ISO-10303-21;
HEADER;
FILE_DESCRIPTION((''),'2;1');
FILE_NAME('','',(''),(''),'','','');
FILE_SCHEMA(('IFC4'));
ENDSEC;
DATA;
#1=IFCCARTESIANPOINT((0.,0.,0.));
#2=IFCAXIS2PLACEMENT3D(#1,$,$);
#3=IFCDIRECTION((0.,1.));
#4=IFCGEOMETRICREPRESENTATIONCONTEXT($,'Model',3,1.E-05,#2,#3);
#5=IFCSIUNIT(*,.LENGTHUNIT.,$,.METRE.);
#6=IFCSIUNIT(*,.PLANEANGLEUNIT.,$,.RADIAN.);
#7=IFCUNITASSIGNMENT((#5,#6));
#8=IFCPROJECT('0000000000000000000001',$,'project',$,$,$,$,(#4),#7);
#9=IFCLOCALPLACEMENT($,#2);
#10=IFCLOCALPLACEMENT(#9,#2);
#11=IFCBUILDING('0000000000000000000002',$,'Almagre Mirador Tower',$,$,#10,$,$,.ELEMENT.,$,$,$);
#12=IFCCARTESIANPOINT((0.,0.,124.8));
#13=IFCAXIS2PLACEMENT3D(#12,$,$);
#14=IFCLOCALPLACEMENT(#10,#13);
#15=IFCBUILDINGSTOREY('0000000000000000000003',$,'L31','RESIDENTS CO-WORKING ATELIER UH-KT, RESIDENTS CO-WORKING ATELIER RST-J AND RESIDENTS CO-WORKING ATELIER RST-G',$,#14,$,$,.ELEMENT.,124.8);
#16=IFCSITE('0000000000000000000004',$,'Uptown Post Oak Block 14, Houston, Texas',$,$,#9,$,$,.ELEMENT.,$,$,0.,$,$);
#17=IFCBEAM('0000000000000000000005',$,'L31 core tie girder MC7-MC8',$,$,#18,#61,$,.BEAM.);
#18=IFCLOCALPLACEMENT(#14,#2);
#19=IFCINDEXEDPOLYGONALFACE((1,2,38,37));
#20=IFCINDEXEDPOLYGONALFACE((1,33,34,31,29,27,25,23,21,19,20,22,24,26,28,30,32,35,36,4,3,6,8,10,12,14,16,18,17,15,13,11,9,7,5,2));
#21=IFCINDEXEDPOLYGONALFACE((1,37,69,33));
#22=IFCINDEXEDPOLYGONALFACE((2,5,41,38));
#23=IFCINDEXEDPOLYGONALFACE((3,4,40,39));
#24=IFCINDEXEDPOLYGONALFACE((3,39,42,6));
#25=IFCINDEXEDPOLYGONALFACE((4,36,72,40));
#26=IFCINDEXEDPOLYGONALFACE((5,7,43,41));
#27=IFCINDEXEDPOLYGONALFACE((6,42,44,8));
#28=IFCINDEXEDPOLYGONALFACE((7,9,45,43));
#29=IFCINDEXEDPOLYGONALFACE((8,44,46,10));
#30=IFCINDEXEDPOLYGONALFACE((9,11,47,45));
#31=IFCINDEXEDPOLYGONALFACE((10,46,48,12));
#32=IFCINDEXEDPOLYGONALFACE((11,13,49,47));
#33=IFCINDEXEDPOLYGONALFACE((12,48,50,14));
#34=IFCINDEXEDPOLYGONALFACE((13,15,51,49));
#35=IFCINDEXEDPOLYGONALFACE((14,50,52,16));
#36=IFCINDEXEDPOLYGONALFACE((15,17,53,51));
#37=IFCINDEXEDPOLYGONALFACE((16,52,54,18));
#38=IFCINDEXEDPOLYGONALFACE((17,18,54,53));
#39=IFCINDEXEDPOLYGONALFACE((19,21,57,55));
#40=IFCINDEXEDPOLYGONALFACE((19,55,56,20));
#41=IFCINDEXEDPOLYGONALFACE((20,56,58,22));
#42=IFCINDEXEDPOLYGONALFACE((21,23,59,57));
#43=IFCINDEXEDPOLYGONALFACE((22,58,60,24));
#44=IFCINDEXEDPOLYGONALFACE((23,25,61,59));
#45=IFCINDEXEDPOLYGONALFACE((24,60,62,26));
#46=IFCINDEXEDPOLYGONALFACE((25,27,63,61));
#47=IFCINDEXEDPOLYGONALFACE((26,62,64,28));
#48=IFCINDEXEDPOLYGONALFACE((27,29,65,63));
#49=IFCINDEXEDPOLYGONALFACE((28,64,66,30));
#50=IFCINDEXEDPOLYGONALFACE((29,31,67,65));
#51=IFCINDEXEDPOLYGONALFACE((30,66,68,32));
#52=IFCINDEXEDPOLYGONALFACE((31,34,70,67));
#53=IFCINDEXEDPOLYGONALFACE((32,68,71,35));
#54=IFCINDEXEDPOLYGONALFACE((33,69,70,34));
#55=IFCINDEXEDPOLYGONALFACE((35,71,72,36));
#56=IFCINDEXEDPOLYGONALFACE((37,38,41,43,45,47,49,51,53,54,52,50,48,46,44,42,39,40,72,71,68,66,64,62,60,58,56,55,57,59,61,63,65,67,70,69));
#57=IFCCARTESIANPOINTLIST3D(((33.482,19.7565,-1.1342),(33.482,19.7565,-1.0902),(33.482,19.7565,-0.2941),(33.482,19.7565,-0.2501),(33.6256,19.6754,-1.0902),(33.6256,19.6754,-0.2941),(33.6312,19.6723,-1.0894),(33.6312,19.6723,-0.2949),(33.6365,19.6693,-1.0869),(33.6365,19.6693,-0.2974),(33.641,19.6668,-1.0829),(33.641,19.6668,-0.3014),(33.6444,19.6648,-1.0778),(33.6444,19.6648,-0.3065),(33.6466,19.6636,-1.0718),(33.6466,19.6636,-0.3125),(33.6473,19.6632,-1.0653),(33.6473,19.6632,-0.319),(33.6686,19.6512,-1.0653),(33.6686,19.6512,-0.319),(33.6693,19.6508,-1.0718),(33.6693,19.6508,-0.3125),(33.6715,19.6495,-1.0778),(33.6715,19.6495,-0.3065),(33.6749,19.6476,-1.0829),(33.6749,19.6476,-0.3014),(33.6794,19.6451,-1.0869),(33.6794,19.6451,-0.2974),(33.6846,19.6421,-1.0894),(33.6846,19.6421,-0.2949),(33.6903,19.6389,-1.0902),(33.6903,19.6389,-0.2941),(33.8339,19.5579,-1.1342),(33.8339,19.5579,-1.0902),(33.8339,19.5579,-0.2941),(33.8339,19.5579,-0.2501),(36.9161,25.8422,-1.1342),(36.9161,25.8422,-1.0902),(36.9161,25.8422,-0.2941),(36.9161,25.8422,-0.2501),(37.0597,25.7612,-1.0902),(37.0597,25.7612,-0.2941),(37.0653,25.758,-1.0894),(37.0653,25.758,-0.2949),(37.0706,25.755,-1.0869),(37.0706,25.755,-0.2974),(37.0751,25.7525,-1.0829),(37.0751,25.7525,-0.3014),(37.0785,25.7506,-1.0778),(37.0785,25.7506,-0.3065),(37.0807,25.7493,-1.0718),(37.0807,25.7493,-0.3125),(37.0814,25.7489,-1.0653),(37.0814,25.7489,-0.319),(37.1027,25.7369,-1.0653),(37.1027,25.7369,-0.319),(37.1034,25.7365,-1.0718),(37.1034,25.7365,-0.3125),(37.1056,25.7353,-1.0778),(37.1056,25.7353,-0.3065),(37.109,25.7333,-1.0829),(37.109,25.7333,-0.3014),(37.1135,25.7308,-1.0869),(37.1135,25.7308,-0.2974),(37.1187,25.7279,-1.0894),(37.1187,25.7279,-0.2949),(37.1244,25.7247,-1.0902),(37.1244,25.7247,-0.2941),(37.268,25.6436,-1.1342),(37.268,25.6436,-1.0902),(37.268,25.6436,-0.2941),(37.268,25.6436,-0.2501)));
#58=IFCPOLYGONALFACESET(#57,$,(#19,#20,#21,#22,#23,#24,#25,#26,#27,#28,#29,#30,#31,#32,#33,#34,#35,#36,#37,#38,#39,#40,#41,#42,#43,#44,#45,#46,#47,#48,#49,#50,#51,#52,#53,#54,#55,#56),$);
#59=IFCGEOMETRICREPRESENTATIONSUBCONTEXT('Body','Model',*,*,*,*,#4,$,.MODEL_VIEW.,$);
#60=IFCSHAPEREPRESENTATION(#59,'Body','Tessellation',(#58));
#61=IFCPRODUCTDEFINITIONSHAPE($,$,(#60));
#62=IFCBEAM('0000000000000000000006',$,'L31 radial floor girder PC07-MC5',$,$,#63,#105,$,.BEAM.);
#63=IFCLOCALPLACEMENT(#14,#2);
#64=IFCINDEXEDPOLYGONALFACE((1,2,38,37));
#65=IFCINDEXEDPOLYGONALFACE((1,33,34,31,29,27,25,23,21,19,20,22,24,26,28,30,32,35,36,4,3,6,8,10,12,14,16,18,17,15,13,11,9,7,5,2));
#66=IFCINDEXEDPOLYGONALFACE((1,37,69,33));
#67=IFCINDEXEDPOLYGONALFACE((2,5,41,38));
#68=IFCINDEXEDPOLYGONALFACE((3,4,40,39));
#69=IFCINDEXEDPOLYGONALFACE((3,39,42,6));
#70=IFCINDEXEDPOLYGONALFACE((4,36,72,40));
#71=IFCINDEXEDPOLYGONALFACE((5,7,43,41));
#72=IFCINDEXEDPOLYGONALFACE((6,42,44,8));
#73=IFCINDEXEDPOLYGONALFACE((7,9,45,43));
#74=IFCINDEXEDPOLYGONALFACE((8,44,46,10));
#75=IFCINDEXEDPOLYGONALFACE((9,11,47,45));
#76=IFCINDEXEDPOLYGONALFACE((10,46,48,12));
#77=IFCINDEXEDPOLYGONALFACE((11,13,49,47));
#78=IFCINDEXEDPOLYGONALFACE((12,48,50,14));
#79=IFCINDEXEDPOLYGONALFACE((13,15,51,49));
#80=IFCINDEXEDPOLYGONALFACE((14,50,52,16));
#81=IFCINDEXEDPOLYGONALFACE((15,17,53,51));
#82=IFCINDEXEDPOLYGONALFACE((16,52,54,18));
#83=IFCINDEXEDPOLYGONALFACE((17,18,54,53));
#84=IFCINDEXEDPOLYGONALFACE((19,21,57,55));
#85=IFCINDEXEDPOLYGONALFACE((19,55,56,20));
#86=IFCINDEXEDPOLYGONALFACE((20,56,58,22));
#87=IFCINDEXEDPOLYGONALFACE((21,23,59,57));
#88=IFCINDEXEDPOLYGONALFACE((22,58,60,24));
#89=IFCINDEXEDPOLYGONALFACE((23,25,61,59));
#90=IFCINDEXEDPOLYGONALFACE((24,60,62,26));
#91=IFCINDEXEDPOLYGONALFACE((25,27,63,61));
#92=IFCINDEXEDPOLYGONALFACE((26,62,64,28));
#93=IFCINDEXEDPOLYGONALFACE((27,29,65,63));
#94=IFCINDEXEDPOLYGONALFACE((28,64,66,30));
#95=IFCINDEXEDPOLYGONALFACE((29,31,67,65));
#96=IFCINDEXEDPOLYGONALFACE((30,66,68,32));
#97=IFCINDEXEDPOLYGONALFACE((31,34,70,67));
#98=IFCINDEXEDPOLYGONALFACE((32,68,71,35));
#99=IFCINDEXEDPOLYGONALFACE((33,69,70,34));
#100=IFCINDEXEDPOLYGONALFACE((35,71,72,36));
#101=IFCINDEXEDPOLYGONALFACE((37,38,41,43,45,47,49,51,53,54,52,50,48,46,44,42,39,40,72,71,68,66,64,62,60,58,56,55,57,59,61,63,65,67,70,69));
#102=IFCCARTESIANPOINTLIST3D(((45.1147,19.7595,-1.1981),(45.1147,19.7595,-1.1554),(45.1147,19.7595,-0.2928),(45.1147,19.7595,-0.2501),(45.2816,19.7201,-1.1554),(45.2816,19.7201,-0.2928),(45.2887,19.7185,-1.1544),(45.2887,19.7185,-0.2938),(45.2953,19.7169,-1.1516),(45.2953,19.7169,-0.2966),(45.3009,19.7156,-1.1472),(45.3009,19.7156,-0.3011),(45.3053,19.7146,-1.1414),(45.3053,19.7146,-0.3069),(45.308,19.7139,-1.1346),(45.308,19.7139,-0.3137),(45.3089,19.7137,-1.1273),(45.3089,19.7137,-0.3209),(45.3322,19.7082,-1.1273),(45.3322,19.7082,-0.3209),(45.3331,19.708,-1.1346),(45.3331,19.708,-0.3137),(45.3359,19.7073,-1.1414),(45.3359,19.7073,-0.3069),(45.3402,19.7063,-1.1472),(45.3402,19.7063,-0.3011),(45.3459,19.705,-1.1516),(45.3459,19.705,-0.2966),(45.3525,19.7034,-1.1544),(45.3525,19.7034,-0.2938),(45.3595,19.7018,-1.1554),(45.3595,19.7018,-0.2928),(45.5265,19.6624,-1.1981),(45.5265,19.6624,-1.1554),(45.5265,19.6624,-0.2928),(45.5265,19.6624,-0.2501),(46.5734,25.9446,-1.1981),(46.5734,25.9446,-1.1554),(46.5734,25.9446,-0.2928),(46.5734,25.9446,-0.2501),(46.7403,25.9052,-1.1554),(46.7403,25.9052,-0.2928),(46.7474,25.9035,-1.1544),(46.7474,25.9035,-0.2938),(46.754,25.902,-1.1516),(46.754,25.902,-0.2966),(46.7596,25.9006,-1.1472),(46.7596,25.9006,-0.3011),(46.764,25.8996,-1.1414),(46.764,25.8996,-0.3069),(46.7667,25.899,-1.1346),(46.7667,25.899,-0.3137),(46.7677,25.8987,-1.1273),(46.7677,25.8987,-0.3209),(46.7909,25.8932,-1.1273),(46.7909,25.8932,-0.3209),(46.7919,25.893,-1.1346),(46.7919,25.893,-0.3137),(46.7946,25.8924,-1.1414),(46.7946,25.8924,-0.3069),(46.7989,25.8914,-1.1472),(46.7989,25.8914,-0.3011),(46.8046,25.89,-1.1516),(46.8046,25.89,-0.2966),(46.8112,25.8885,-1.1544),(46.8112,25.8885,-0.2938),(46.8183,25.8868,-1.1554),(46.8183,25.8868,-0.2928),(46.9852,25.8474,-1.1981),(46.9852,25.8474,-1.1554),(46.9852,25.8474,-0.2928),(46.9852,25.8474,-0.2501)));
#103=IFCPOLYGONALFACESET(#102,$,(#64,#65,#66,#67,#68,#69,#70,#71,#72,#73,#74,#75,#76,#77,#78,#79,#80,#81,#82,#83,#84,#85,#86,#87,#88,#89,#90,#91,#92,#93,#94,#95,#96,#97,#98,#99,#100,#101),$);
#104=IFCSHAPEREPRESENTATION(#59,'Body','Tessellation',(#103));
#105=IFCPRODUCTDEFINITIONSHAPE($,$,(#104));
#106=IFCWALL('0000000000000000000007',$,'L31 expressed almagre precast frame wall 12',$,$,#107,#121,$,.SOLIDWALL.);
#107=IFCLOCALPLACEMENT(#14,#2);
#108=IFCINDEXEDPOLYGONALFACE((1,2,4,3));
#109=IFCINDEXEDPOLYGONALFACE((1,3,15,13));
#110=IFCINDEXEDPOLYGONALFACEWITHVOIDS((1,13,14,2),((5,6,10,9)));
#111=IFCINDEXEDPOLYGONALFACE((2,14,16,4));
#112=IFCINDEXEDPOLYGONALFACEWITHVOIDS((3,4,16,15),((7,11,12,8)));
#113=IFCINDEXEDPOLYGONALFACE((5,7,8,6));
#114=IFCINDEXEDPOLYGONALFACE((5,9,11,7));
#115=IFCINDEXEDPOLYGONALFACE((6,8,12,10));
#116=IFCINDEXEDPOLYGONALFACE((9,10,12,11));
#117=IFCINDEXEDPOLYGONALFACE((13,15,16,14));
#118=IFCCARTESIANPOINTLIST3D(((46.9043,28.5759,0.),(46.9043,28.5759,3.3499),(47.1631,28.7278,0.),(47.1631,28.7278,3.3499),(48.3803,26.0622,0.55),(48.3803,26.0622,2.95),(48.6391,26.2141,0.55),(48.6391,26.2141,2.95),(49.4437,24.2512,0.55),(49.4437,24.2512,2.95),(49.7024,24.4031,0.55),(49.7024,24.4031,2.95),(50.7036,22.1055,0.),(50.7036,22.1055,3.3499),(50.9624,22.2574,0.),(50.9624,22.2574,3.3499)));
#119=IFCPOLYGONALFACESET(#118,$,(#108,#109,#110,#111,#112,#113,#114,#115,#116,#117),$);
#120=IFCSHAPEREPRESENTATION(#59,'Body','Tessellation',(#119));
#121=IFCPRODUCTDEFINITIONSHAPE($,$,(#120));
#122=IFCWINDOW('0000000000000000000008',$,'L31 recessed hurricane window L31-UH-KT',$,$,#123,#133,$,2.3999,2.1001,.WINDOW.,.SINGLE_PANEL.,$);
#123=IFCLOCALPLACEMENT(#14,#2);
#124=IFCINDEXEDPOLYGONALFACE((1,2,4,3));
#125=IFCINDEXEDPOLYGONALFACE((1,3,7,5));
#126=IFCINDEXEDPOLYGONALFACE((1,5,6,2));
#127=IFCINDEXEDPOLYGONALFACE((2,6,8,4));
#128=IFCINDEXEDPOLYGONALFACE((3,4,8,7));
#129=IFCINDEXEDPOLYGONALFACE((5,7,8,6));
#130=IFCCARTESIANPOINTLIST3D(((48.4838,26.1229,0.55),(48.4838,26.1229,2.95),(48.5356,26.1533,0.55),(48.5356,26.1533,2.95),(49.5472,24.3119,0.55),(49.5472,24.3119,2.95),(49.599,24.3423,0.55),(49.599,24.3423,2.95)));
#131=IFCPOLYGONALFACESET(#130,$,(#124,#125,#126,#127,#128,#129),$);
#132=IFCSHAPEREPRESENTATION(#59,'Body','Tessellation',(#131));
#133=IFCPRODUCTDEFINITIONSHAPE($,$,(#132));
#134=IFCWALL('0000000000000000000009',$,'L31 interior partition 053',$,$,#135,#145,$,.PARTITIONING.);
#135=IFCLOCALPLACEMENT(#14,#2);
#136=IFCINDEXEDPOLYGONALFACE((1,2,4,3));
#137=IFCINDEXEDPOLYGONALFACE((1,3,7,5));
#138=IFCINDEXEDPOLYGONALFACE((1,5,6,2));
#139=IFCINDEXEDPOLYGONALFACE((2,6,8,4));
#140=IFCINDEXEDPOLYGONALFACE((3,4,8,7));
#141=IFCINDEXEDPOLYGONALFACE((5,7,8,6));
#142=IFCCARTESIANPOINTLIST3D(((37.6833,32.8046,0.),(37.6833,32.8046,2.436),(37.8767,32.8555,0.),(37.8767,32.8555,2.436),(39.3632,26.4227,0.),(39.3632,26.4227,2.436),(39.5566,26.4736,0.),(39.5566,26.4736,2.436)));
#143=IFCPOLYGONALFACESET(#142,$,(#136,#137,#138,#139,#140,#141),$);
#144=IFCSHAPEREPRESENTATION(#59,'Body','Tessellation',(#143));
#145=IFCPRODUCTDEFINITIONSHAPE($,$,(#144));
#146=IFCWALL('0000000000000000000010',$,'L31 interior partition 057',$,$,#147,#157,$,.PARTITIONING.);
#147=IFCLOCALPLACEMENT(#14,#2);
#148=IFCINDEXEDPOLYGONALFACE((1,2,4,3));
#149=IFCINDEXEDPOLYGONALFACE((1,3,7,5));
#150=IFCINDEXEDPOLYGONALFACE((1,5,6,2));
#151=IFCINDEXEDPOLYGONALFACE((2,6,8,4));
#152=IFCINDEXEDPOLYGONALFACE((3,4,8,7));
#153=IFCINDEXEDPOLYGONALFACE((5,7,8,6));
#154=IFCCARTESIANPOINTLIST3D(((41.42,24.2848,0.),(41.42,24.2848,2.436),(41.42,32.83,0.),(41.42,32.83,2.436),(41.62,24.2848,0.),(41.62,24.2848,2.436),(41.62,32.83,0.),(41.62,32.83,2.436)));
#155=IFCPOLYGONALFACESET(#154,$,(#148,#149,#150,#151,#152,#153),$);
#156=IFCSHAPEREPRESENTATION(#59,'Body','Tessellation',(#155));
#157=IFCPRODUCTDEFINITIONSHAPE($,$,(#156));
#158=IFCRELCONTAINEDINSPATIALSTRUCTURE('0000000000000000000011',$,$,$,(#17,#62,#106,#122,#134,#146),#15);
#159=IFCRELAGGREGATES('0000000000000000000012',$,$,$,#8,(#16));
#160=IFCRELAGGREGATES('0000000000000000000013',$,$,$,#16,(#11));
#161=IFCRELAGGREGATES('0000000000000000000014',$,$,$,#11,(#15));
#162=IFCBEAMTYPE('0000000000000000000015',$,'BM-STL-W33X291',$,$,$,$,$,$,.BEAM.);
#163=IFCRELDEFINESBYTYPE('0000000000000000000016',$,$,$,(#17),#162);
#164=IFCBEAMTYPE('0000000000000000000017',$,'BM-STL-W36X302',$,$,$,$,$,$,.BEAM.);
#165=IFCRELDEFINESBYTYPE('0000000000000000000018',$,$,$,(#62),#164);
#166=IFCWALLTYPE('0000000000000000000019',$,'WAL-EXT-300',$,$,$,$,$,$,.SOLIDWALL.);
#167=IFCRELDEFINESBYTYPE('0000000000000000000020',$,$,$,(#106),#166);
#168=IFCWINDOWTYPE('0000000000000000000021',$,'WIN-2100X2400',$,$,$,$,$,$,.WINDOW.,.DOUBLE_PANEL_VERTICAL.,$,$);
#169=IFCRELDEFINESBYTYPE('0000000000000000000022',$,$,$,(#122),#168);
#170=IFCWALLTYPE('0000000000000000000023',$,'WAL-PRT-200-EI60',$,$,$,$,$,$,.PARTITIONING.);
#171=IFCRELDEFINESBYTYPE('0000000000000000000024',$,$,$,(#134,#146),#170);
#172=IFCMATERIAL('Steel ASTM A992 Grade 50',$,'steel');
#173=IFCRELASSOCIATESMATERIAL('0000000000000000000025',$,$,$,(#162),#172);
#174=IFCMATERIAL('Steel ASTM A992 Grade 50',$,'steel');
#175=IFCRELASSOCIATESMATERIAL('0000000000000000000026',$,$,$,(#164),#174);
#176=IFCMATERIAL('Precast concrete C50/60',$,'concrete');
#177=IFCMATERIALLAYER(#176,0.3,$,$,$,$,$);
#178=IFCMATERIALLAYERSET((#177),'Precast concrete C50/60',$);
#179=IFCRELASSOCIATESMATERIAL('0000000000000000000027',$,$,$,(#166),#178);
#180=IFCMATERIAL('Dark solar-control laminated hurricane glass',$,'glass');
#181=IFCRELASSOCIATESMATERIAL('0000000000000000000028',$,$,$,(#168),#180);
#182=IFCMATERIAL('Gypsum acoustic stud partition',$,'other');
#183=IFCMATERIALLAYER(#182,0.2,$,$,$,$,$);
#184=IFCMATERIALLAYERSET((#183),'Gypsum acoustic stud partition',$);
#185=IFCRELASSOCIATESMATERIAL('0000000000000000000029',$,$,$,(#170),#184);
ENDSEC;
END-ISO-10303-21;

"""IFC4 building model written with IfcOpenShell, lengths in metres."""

from ifc_helpers import new_model, si_unit, direction, frame, frame_2d, origin, origin_2d, place, context, subcontext, project, spatial, rectangle, i_section, extrude, material, layer, layer_set, material_profile, profile_set, type_object, element, fill, save


model = new_model("IFC4")

# Units and contexts
model_context = context("Model", 3, precision=1e-05, world=origin(), true_north=direction((0.0, 1.0)))
body_context = subcontext(model_context, "Body", "Model", "MODEL_VIEW")
ifc_project = project(units=[si_unit("LENGTHUNIT", "METRE"), si_unit("PLANEANGLEUNIT", "RADIAN")], contexts=[model_context])

# Site, building, storey
site_placement = place(None, origin())
site = spatial("IfcSite", under=ifc_project, at=site_placement, Name="Uptown Post Oak Block 14, Houston, Texas", CompositionType="ELEMENT", RefElevation=0.0)
building_placement = place(site_placement, origin())
building = spatial("IfcBuilding", under=site, at=building_placement, Name="Almagre Mirador Tower", CompositionType="ELEMENT")
storey_placement = place(building_placement, frame((0.0, 0.0, 124.8)))
storey = spatial("IfcBuildingStorey", under=building, at=storey_placement, Name="L31", Description="RESIDENTS CO-WORKING ATELIER UH-KT, RESIDENTS CO-WORKING ATELIER RST-J AND RESIDENTS CO-WORKING ATELIER RST-G", CompositionType="ELEMENT", Elevation=124.8)

# Beams
ifc_material_1 = material(Name="Steel ASTM A992 Grade 50", Category="steel")
ifc_material_profile_1 = material_profile(ifc_material_1, i_section(OverallWidth=0.4041, OverallDepth=0.884, WebThickness=0.0244, FlangeThickness=0.0439, FilletRadius=0.0249, at=origin_2d()), Name="W33X291")
ifc_profile_set_1 = profile_set([ifc_material_profile_1], Name="Steel ASTM A992 Grade 50")
beam_type_1 = type_object("IfcBeamType", Name="BM-STL-W33X291", PredefinedType="BEAM", material=ifc_profile_set_1)
beam_1_placement = place(storey_placement, frame((37.092, 25.7429, -0.6921), z_axis=(-0.491444, -0.870909, 0.0), x_axis=(0.870909, -0.491444, 0.0)))
element("IfcBeam", 1, at=beam_1_placement, inside=storey, type_object=beam_type_1, Name="L31 core tie girder MC7-MC8", PredefinedType="BEAM", context=body_context, shape_type="SweptSolid", body=[
    extrude(i_section(OverallWidth=0.4041, OverallDepth=0.884, WebThickness=0.0244, FlangeThickness=0.0439, FilletRadius=0.0249, at=origin_2d()), origin(), (0.0, 0.0, 1.0), 6.9878),
])
ifc_material_2 = material(Name="Steel ASTM A992 Grade 50", Category="steel")
ifc_material_profile_2 = material_profile(ifc_material_2, i_section(OverallWidth=0.4231, OverallDepth=0.948, WebThickness=0.0239, FlangeThickness=0.0427, FilletRadius=0.0281, at=origin_2d()), Name="W36X302")
ifc_profile_set_2 = profile_set([ifc_material_profile_2], Name="Steel ASTM A992 Grade 50")
beam_type_2 = type_object("IfcBeamType", Name="BM-STL-W36X302", PredefinedType="BEAM", material=ifc_profile_set_2)
beam_2_placement = place(storey_placement, frame((46.7793, 25.896, -0.7241), z_axis=(-0.229551, -0.973297, 0.0), x_axis=(0.973297, -0.229551, 0.0)))
element("IfcBeam", 2, at=beam_2_placement, inside=storey, type_object=beam_type_2, Name="L31 radial floor girder PC07-MC5", PredefinedType="BEAM", context=body_context, shape_type="SweptSolid", body=[
    extrude(i_section(OverallWidth=0.4231, OverallDepth=0.948, WebThickness=0.0239, FlangeThickness=0.0427, FilletRadius=0.0281, at=origin_2d()), origin(), (0.0, 0.0, 1.0), 6.3547),
])

# Wall, opening, window
ifc_material_3 = material(Name="Precast concrete C50/60", Category="concrete")
ifc_layer_1 = layer(ifc_material_3, 0.3)
ifc_layer_set_1 = layer_set([ifc_layer_1], Name="Precast concrete C50/60")
wall_type_1 = type_object("IfcWallType", Name="WAL-EXT-300", PredefinedType="SOLIDWALL", material=ifc_layer_set_1)
wall_1_placement = place(storey_placement, frame((47.0337, 28.6519, 0.0), z_axis=(0.0, 0.0, 1.0), x_axis=(0.506343, -0.862332, 0.0)))
wall_1 = element("IfcWall", 3, at=wall_1_placement, inside=storey, type_object=wall_type_1, Name="L31 expressed almagre precast frame wall 12", PredefinedType="SOLIDWALL", context=body_context, shape_type="SweptSolid", body=[
    extrude(rectangle(XDim=7.5034, YDim=0.3, at=frame_2d((3.7517, 0.0))), origin(), (0.0, 0.0, 1.0), 3.3499),
])
opening_placement = place(wall_1_placement, frame((2.915, 0.0, 0.55)))
opening = element("IfcOpeningElement", 4, at=opening_placement, cuts=wall_1, PredefinedType="OPENING", context=body_context, shape_type="SweptSolid", body=[
    extrude(rectangle(XDim=2.1001, YDim=2.3999, at=frame_2d((1.05, 1.2))), frame((0.0, 0.1599, 0.0), z_axis=(0.0, -1.0, 0.0), x_axis=(1.0, 0.0, 0.0)), (0.0, 0.0, 1.0), 0.32),
])
ifc_material_4 = material(Name="Dark solar-control laminated hurricane glass", Category="glass")
window_type = type_object("IfcWindowType", Name="WIN-2100X2400", PartitioningType="DOUBLE_PANEL_VERTICAL", PredefinedType="WINDOW", material=ifc_material_4)
window_placement = place(opening_placement, origin())
window = element("IfcWindow", 5, at=window_placement, inside=storey, type_object=window_type, Name="L31 recessed hurricane window L31-UH-KT", OverallHeight=2.3999, OverallWidth=2.1001, PartitioningType="SINGLE_PANEL", PredefinedType="WINDOW", context=body_context, shape_type="SweptSolid", body=[
    extrude(rectangle(XDim=2.1001, YDim=2.3999, at=frame_2d((1.05, 1.2))), frame((0.0, 0.03, 0.0), z_axis=(0.0, -1.0, 0.0), x_axis=(1.0, 0.0, 0.0)), (0.0, 0.0, 1.0), 0.0601),
])
fill(opening, window)

# Walls
ifc_material_5 = material(Name="Gypsum acoustic stud partition", Category="other")
ifc_layer_2 = layer(ifc_material_5, 0.2)
ifc_layer_set_2 = layer_set([ifc_layer_2], Name="Gypsum acoustic stud partition")
wall_type_2 = type_object("IfcWallType", Name="WAL-PRT-200-EI60", PredefinedType="PARTITIONING", material=ifc_layer_set_2)
wall_2_placement = place(storey_placement, frame((39.46, 26.448, 0.0), z_axis=(0.0, 0.0, 1.0), x_axis=(-0.254555, 0.967058, 0.0)))
element("IfcWall", 6, at=wall_2_placement, inside=storey, type_object=wall_type_2, Name="L31 interior partition 053", PredefinedType="PARTITIONING", context=body_context, shape_type="SweptSolid", body=[
    extrude(rectangle(XDim=6.5994, YDim=0.2, at=frame_2d((3.2998, 0.0))), origin(), (0.0, 0.0, 1.0), 2.436),
])
wall_3_placement = place(storey_placement, frame((41.52, 24.2849, 0.0), z_axis=(0.0, 0.0, 1.0), x_axis=(0.0, 1.0, 0.0)))
element("IfcWall", 7, at=wall_3_placement, inside=storey, type_object=wall_type_2, Name="L31 interior partition 057", PredefinedType="PARTITIONING", context=body_context, shape_type="SweptSolid", body=[
    extrude(rectangle(XDim=8.5452, YDim=0.2, at=frame_2d((4.2725, 0.0))), origin(), (0.0, 0.0, 1.0), 2.436),
])

save(model, "model.ifc")
